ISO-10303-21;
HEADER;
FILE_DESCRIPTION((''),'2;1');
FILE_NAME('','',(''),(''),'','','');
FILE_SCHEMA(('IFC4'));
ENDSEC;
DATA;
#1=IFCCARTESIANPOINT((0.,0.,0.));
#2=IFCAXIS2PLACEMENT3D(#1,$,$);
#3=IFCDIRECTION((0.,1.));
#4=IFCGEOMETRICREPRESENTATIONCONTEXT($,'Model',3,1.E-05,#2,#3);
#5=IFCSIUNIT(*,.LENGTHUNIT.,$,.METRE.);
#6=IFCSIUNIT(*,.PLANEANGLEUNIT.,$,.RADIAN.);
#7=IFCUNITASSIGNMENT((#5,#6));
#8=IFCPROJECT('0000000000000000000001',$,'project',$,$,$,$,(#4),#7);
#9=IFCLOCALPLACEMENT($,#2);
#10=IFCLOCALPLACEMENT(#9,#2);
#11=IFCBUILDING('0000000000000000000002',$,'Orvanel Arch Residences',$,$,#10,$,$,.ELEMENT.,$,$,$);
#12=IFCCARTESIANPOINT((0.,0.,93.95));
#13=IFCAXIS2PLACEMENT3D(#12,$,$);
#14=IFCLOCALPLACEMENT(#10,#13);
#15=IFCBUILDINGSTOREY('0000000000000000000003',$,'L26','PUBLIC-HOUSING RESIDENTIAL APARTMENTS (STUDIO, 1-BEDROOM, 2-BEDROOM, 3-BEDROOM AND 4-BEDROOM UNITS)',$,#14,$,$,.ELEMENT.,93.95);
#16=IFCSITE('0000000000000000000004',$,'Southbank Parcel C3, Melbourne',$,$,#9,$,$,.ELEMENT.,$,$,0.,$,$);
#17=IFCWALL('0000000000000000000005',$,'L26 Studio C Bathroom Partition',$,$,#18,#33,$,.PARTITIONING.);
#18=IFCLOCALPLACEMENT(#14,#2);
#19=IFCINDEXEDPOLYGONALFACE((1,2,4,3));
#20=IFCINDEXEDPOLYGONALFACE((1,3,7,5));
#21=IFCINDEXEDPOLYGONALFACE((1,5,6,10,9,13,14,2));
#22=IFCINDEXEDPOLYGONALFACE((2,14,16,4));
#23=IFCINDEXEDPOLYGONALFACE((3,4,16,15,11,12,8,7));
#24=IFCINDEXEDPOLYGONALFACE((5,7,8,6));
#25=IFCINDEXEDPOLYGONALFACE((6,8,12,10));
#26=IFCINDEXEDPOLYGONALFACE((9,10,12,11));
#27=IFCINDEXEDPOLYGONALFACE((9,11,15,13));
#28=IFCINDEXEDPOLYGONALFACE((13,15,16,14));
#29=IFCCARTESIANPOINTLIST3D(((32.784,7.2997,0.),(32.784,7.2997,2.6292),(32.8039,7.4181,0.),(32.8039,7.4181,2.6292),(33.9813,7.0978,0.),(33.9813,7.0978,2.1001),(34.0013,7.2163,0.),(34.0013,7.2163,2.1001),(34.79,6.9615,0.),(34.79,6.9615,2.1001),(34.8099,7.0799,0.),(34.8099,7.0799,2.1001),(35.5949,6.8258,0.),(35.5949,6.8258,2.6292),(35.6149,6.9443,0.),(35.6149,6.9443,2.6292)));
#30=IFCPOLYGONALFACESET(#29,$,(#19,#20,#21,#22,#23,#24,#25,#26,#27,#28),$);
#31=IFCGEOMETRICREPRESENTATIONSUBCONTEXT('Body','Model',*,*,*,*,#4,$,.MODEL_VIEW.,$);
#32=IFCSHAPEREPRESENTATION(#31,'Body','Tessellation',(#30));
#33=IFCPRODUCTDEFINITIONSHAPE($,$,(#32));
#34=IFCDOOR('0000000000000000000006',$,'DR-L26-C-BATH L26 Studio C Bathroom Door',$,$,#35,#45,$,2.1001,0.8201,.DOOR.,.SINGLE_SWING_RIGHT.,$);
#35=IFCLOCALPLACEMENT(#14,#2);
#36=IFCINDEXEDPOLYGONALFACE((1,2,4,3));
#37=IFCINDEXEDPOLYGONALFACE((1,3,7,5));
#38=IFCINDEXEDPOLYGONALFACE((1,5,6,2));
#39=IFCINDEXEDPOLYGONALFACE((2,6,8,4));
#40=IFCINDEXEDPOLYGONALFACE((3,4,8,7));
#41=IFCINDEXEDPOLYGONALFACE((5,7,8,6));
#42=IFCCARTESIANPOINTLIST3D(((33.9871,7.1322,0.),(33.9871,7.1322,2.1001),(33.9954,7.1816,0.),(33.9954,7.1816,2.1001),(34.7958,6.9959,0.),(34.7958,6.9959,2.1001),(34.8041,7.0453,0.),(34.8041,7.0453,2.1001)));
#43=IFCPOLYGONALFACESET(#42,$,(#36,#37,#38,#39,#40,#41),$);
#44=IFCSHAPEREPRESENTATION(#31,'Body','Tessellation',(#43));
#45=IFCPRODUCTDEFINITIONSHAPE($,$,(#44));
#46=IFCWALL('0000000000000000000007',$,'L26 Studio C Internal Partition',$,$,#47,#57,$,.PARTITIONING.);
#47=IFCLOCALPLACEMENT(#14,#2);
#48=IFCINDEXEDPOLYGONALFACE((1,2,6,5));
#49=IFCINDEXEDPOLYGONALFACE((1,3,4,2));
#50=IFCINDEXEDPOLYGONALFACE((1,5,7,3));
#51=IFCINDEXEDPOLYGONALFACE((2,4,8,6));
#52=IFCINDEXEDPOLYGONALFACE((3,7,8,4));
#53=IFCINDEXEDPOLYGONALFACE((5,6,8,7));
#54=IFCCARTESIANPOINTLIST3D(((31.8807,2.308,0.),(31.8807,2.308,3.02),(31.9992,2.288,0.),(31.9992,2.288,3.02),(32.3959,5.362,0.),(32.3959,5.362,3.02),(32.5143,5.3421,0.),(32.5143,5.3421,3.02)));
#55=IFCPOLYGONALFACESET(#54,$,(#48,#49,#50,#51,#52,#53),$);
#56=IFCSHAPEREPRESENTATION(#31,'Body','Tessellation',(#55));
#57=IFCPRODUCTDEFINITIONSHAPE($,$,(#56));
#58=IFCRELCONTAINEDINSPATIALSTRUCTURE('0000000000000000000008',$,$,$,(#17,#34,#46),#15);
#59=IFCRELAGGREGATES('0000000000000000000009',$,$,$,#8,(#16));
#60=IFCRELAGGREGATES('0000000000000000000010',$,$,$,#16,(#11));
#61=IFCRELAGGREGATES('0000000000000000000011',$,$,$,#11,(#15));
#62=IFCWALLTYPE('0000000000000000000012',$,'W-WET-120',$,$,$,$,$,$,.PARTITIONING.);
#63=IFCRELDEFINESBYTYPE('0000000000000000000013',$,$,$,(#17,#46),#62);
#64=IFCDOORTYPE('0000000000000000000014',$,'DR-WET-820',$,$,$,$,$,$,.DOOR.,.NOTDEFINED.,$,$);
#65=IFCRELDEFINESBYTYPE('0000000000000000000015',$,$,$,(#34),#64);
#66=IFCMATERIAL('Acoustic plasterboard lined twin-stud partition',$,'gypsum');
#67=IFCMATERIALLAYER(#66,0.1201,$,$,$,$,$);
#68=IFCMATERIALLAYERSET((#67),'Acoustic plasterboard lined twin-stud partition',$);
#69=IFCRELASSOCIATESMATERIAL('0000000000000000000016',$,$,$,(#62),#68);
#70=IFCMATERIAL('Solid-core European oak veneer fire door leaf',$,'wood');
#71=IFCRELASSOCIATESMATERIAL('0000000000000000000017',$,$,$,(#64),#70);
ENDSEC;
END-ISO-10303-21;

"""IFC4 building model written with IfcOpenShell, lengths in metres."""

from ifc_helpers import new_model, si_unit, direction, frame, frame_2d, origin, place, context, subcontext, project, spatial, rectangle, extrude, material, layer, layer_set, type_object, element, fill, save


model = new_model("IFC4")

# Units and contexts
model_context = context("Model", 3, precision=1e-05, world=origin(), true_north=direction((0.0, 1.0)))
body_context = subcontext(model_context, "Body", "Model", "MODEL_VIEW")
ifc_project = project(units=[si_unit("LENGTHUNIT", "METRE"), si_unit("PLANEANGLEUNIT", "RADIAN")], contexts=[model_context])

# Site, building, storey
site_placement = place(None, origin())
site = spatial("IfcSite", under=ifc_project, at=site_placement, Name="Southbank Parcel C3, Melbourne", CompositionType="ELEMENT", RefElevation=0.0)
building_placement = place(site_placement, origin())
building = spatial("IfcBuilding", under=site, at=building_placement, Name="Orvanel Arch Residences", CompositionType="ELEMENT")
storey_placement = place(building_placement, frame((0.0, 0.0, 93.95)))
storey = spatial("IfcBuildingStorey", under=building, at=storey_placement, Name="L26", Description="PUBLIC-HOUSING RESIDENTIAL APARTMENTS (STUDIO, 1-BEDROOM, 2-BEDROOM, 3-BEDROOM AND 4-BEDROOM UNITS)", CompositionType="ELEMENT", Elevation=93.95)

# Shared definitions
ifc_material_1 = material(Name="Solid-core European oak veneer fire door leaf", Category="wood")

# Wall, opening, door
ifc_material_2 = material(Name="Acoustic plasterboard lined twin-stud partition", Category="gypsum")
ifc_layer_1 = layer(ifc_material_2, 0.1201)
ifc_layer_set_1 = layer_set([ifc_layer_1], Name="Acoustic plasterboard lined twin-stud partition")
wall_type_1 = type_object("IfcWallType", Name="W-WET-120", PredefinedType="PARTITIONING", material=ifc_layer_set_1)
wall_1_placement = place(storey_placement, frame((32.7939, 7.3589, 0.0), z_axis=(0.0, 0.0, 1.0), x_axis=(0.986087, -0.166232, 0.0)))
wall_1 = element("IfcWall", 1, at=wall_1_placement, inside=storey, type_object=wall_type_1, Name="L26 Studio C Bathroom Partition", PredefinedType="PARTITIONING", context=body_context, shape_type="SweptSolid", body=[
    extrude(rectangle(XDim=2.8506, YDim=0.1201, at=frame_2d((1.4253, 0.0))), origin(), (0.0, 0.0, 1.0), 2.6292),
])
opening_1_placement = place(wall_1_placement, frame((1.2141, 0.0, 0.0)))
opening_1 = element("IfcOpeningElement", 2, at=opening_1_placement, cuts=wall_1, PredefinedType="OPENING", context=body_context, shape_type="SweptSolid", body=[
    extrude(rectangle(XDim=0.8201, YDim=2.1001, at=frame_2d((0.4102, 1.05))), frame((0.0, 0.0701, 0.0), z_axis=(0.0, -1.0, 0.0), x_axis=(1.0, 0.0, 0.0)), (0.0, 0.0, 1.0), 0.1401),
])
door_type_1 = type_object("IfcDoorType", Name="DR-WET-820", OperationType="NOTDEFINED", PredefinedType="DOOR", material=ifc_material_1)
door_1_placement = place(opening_1_placement, origin())
door_1 = element("IfcDoor", 3, at=door_1_placement, inside=storey, type_object=door_type_1, Name="DR-L26-C-BATH L26 Studio C Bathroom Door", OperationType="SINGLE_SWING_RIGHT", OverallHeight=2.1001, OverallWidth=0.8201, PredefinedType="DOOR", context=body_context, shape_type="SweptSolid", body=[
    extrude(rectangle(XDim=0.8201, YDim=2.1001, at=frame_2d((0.4102, 1.05))), frame((0.0, 0.0249, 0.0), z_axis=(0.0, -1.0, 0.0), x_axis=(1.0, 0.0, 0.0)), (0.0, 0.0, 1.0), 0.05),
])
fill(opening_1, door_1)

# Wall
wall_2_placement = place(storey_placement, frame((32.4551, 5.3521, 0.0), z_axis=(0.0, 0.0, 1.0), x_axis=(-0.166329, -0.98607, 0.0)))
element("IfcWall", 4, at=wall_2_placement, inside=storey, type_object=wall_type_1, Name="L26 Studio C Internal Partition", PredefinedType="PARTITIONING", context=body_context, shape_type="SweptSolid", body=[
    extrude(rectangle(XDim=3.0972, YDim=0.1201, at=frame_2d((1.5486, 0.0))), origin(), (0.0, 0.0, 1.0), 3.02),
])

save(model, "model.ifc")
